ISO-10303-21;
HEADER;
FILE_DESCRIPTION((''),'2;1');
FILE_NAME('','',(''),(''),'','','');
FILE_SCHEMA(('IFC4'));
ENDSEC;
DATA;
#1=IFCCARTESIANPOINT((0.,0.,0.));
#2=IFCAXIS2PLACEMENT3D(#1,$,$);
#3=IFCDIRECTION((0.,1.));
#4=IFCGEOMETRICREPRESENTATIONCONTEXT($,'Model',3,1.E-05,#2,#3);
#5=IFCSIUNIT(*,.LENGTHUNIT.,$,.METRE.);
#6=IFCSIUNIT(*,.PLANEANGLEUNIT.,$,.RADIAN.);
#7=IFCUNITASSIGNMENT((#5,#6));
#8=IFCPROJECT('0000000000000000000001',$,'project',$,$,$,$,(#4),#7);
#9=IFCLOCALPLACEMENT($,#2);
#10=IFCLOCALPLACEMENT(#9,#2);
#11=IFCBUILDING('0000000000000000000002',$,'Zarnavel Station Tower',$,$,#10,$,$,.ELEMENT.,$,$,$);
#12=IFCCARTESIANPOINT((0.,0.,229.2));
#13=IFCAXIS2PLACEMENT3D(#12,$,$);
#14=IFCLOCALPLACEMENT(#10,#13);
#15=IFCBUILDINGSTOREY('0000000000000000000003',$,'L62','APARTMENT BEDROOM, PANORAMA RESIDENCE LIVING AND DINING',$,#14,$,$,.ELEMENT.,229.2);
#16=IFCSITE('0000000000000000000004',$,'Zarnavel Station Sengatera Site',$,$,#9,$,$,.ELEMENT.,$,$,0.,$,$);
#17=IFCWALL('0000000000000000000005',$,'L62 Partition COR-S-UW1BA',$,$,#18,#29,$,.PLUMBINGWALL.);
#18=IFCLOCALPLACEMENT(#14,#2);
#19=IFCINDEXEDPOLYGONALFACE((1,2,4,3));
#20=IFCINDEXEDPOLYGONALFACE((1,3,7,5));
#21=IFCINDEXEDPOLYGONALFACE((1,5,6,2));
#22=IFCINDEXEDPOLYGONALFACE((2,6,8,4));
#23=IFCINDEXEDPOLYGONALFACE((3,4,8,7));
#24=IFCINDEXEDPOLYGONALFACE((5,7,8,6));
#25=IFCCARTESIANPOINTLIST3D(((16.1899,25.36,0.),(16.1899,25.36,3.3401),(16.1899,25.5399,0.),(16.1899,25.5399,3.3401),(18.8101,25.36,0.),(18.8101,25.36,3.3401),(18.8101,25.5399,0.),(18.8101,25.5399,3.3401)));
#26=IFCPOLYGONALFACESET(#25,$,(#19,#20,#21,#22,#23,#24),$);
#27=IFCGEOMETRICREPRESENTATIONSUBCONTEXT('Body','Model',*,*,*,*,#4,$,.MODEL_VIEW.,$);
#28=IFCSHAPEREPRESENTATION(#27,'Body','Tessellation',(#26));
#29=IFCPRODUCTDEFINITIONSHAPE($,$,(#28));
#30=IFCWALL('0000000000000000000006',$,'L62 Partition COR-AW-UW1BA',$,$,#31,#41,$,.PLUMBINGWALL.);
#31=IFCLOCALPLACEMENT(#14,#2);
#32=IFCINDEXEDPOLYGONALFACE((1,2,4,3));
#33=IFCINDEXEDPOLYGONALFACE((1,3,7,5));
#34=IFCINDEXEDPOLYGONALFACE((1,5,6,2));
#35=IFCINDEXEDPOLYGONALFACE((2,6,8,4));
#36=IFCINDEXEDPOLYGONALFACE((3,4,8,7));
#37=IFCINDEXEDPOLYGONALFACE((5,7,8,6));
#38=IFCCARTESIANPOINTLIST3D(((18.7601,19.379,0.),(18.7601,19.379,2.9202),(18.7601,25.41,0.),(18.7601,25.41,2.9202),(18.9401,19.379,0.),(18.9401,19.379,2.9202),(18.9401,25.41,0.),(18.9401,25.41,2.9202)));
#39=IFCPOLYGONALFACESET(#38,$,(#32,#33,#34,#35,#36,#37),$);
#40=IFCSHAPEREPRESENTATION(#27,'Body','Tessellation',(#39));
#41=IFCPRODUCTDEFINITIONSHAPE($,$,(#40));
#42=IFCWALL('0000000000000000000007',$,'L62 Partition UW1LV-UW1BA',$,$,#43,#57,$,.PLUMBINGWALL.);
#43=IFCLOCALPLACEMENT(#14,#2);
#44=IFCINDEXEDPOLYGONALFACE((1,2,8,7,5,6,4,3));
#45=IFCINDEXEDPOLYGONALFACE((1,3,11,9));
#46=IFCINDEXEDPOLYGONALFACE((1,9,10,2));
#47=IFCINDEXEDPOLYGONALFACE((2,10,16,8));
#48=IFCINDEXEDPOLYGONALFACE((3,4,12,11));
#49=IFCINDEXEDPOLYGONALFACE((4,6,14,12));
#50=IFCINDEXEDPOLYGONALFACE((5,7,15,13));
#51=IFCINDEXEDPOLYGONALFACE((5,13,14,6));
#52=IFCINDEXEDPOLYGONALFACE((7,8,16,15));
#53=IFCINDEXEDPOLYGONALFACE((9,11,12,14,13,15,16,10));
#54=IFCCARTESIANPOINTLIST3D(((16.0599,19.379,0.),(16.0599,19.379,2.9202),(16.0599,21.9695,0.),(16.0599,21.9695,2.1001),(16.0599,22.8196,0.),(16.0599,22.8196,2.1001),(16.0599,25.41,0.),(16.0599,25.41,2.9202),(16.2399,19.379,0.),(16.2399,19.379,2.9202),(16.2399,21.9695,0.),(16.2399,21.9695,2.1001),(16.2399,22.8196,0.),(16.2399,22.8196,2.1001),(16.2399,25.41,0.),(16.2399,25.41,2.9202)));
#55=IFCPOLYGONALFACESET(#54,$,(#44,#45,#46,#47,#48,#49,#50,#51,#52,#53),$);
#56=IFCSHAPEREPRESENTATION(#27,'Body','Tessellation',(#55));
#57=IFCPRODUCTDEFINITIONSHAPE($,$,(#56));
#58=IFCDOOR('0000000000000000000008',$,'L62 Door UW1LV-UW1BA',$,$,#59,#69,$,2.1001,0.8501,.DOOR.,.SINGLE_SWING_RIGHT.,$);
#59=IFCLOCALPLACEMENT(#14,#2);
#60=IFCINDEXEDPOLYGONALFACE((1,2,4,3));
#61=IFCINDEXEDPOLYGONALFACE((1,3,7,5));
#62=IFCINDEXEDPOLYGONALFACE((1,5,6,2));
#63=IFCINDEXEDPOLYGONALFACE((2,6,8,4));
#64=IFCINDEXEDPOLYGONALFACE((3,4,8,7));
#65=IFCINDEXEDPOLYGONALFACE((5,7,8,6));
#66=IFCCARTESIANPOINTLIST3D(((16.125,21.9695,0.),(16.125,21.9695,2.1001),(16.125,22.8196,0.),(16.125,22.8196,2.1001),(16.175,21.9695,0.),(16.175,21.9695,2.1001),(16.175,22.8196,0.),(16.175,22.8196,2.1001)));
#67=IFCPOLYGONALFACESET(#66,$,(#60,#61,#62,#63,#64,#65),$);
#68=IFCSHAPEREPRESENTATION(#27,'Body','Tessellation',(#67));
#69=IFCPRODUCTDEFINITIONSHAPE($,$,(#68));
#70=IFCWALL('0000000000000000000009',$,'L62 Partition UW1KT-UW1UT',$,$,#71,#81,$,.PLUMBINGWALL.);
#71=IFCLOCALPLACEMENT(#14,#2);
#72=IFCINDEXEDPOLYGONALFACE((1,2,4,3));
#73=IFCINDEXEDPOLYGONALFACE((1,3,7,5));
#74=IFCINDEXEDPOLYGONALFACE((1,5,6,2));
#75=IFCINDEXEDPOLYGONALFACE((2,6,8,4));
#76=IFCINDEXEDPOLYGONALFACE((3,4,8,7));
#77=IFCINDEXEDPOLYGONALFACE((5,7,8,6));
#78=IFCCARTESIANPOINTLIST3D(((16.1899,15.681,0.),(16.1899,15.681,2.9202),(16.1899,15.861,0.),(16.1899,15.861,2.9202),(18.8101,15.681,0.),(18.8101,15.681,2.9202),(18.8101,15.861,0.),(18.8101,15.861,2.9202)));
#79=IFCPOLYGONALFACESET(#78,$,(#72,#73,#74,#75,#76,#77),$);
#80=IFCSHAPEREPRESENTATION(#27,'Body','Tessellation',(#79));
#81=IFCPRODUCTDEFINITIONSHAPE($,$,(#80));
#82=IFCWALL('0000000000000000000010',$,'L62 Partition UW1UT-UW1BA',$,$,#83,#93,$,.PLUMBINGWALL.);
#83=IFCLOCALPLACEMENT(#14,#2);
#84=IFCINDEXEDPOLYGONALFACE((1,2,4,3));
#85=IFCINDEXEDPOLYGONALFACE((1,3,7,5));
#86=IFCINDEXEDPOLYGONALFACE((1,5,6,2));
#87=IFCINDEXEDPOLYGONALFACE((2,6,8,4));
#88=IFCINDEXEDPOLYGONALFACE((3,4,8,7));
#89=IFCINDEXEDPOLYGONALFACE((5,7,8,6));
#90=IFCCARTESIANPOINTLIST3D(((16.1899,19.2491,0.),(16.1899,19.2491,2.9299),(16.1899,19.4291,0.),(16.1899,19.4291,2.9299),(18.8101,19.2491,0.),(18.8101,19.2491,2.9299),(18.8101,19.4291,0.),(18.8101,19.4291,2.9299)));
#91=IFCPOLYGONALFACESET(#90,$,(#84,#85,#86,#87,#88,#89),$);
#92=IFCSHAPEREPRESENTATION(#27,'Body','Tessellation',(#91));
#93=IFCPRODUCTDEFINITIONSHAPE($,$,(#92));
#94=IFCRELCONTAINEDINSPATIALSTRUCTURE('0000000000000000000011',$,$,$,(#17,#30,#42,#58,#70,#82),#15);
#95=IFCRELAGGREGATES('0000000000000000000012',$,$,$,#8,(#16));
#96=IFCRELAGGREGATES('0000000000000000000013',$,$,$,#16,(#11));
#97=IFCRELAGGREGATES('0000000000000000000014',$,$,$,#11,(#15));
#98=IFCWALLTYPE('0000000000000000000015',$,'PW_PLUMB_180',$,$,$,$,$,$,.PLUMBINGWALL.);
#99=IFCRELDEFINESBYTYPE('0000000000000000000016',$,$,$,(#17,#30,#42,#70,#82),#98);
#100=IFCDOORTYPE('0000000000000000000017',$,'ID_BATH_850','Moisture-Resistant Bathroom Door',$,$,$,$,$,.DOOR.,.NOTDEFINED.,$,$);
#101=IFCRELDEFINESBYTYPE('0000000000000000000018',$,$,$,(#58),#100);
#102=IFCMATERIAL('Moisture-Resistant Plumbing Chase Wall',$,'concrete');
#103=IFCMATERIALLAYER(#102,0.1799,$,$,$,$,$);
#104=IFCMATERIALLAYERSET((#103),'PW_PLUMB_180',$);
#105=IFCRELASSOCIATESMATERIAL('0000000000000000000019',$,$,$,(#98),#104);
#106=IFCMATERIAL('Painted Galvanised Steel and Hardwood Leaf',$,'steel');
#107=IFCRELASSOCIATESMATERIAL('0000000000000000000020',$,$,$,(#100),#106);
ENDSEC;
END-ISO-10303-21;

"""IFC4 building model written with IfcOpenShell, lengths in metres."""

from ifc_helpers import new_model, si_unit, direction, frame, frame_2d, origin, place, context, subcontext, project, spatial, rectangle, extrude, material, layer, layer_set, type_object, element, fill, save


model = new_model("IFC4")

# Units and contexts
model_context = context("Model", 3, precision=1e-05, world=origin(), true_north=direction((0.0, 1.0)))
body_context = subcontext(model_context, "Body", "Model", "MODEL_VIEW")
ifc_project = project(units=[si_unit("LENGTHUNIT", "METRE"), si_unit("PLANEANGLEUNIT", "RADIAN")], contexts=[model_context])

# Site, building, storey
site_placement = place(None, origin())
site = spatial("IfcSite", under=ifc_project, at=site_placement, Name="Zarnavel Station Sengatera Site", CompositionType="ELEMENT", RefElevation=0.0)
building_placement = place(site_placement, origin())
building = spatial("IfcBuilding", under=site, at=building_placement, Name="Zarnavel Station Tower", CompositionType="ELEMENT")
storey_placement = place(building_placement, frame((0.0, 0.0, 229.2)))
storey = spatial("IfcBuildingStorey", under=building, at=storey_placement, Name="L62", Description="APARTMENT BEDROOM, PANORAMA RESIDENCE LIVING AND DINING", CompositionType="ELEMENT", Elevation=229.2)

# Walls
ifc_material_1 = material(Name="Moisture-Resistant Plumbing Chase Wall", Category="concrete")
ifc_layer_1 = layer(ifc_material_1, 0.1799)
ifc_layer_set_1 = layer_set([ifc_layer_1], Name="PW_PLUMB_180")
wall_type_1 = type_object("IfcWallType", Name="PW_PLUMB_180", PredefinedType="PLUMBINGWALL", material=ifc_layer_set_1)
wall_1_placement = place(storey_placement, frame((16.1899, 25.45, 0.0), z_axis=(0.0, 0.0, 1.0), x_axis=(1.0, 0.0, 0.0)))
element("IfcWall", 1, at=wall_1_placement, inside=storey, type_object=wall_type_1, Name="L62 Partition COR-S-UW1BA", PredefinedType="PLUMBINGWALL", context=body_context, shape_type="SweptSolid", body=[
    extrude(rectangle(XDim=2.6201, YDim=0.1799, at=frame_2d((1.3101, 0.0))), origin(), (0.0, 0.0, 1.0), 3.3401),
])
wall_2_placement = place(storey_placement, frame((18.8501, 19.3789, 0.0), z_axis=(0.0, 0.0, 1.0), x_axis=(0.0, 1.0, 0.0)))
element("IfcWall", 2, at=wall_2_placement, inside=storey, type_object=wall_type_1, Name="L62 Partition COR-AW-UW1BA", PredefinedType="PLUMBINGWALL", context=body_context, shape_type="SweptSolid", body=[
    extrude(rectangle(XDim=6.031, YDim=0.1799, at=frame_2d((3.0156, 0.0))), origin(), (0.0, 0.0, 1.0), 2.9202),
])

# Wall, opening, door
wall_3_placement = place(storey_placement, frame((16.1499, 19.3789, 0.0), z_axis=(0.0, 0.0, 1.0), x_axis=(0.0, 1.0, 0.0)))
wall_3 = element("IfcWall", 3, at=wall_3_placement, inside=storey, type_object=wall_type_1, Name="L62 Partition UW1LV-UW1BA", PredefinedType="PLUMBINGWALL", context=body_context, shape_type="SweptSolid", body=[
    extrude(rectangle(XDim=6.031, YDim=0.1799, at=frame_2d((3.0156, 0.0))), origin(), (0.0, 0.0, 1.0), 2.9202),
])
opening_1_placement = place(wall_3_placement, frame((2.5906, 0.0, 0.0)))
opening_1 = element("IfcOpeningElement", 4, at=opening_1_placement, cuts=wall_3, PredefinedType="OPENING", context=body_context, shape_type="SweptSolid", body=[
    extrude(rectangle(XDim=0.8501, YDim=2.1001, at=frame_2d((0.425, 1.05))), frame((0.0, 0.0999, 0.0), z_axis=(0.0, -1.0, 0.0), x_axis=(1.0, 0.0, 0.0)), (0.0, 0.0, 1.0), 0.2),
])
ifc_material_2 = material(Name="Painted Galvanised Steel and Hardwood Leaf", Category="steel")
door_type_1 = type_object("IfcDoorType", Name="ID_BATH_850", Description="Moisture-Resistant Bathroom Door", OperationType="NOTDEFINED", PredefinedType="DOOR", material=ifc_material_2)
door_1_placement = place(opening_1_placement, origin())
door_1 = element("IfcDoor", 5, at=door_1_placement, inside=storey, type_object=door_type_1, Name="L62 Door UW1LV-UW1BA", OperationType="SINGLE_SWING_RIGHT", OverallHeight=2.1001, OverallWidth=0.8501, PredefinedType="DOOR", context=body_context, shape_type="SweptSolid", body=[
    extrude(rectangle(XDim=0.8501, YDim=2.1001, at=frame_2d((0.425, 1.05))), frame((0.0, 0.0249, 0.0), z_axis=(0.0, -1.0, 0.0), x_axis=(1.0, 0.0, 0.0)), (0.0, 0.0, 1.0), 0.05),
])
fill(opening_1, door_1)

# Walls
wall_4_placement = place(storey_placement, frame((16.1899, 15.771, 0.0), z_axis=(0.0, 0.0, 1.0), x_axis=(1.0, 0.0, 0.0)))
element("IfcWall", 6, at=wall_4_placement, inside=storey, type_object=wall_type_1, Name="L62 Partition UW1KT-UW1UT", PredefinedType="PLUMBINGWALL", context=body_context, shape_type="SweptSolid", body=[
    extrude(rectangle(XDim=2.6201, YDim=0.1799, at=frame_2d((1.3101, 0.0))), origin(), (0.0, 0.0, 1.0), 2.9202),
])
wall_5_placement = place(storey_placement, frame((16.1899, 19.3391, 0.0), z_axis=(0.0, 0.0, 1.0), x_axis=(1.0, 0.0, 0.0)))
element("IfcWall", 7, at=wall_5_placement, inside=storey, type_object=wall_type_1, Name="L62 Partition UW1UT-UW1BA", PredefinedType="PLUMBINGWALL", context=body_context, shape_type="SweptSolid", body=[
    extrude(rectangle(XDim=2.6201, YDim=0.1799, at=frame_2d((1.3101, 0.0))), origin(), (0.0, 0.0, 1.0), 2.9299),
])

save(model, "model.ifc")
